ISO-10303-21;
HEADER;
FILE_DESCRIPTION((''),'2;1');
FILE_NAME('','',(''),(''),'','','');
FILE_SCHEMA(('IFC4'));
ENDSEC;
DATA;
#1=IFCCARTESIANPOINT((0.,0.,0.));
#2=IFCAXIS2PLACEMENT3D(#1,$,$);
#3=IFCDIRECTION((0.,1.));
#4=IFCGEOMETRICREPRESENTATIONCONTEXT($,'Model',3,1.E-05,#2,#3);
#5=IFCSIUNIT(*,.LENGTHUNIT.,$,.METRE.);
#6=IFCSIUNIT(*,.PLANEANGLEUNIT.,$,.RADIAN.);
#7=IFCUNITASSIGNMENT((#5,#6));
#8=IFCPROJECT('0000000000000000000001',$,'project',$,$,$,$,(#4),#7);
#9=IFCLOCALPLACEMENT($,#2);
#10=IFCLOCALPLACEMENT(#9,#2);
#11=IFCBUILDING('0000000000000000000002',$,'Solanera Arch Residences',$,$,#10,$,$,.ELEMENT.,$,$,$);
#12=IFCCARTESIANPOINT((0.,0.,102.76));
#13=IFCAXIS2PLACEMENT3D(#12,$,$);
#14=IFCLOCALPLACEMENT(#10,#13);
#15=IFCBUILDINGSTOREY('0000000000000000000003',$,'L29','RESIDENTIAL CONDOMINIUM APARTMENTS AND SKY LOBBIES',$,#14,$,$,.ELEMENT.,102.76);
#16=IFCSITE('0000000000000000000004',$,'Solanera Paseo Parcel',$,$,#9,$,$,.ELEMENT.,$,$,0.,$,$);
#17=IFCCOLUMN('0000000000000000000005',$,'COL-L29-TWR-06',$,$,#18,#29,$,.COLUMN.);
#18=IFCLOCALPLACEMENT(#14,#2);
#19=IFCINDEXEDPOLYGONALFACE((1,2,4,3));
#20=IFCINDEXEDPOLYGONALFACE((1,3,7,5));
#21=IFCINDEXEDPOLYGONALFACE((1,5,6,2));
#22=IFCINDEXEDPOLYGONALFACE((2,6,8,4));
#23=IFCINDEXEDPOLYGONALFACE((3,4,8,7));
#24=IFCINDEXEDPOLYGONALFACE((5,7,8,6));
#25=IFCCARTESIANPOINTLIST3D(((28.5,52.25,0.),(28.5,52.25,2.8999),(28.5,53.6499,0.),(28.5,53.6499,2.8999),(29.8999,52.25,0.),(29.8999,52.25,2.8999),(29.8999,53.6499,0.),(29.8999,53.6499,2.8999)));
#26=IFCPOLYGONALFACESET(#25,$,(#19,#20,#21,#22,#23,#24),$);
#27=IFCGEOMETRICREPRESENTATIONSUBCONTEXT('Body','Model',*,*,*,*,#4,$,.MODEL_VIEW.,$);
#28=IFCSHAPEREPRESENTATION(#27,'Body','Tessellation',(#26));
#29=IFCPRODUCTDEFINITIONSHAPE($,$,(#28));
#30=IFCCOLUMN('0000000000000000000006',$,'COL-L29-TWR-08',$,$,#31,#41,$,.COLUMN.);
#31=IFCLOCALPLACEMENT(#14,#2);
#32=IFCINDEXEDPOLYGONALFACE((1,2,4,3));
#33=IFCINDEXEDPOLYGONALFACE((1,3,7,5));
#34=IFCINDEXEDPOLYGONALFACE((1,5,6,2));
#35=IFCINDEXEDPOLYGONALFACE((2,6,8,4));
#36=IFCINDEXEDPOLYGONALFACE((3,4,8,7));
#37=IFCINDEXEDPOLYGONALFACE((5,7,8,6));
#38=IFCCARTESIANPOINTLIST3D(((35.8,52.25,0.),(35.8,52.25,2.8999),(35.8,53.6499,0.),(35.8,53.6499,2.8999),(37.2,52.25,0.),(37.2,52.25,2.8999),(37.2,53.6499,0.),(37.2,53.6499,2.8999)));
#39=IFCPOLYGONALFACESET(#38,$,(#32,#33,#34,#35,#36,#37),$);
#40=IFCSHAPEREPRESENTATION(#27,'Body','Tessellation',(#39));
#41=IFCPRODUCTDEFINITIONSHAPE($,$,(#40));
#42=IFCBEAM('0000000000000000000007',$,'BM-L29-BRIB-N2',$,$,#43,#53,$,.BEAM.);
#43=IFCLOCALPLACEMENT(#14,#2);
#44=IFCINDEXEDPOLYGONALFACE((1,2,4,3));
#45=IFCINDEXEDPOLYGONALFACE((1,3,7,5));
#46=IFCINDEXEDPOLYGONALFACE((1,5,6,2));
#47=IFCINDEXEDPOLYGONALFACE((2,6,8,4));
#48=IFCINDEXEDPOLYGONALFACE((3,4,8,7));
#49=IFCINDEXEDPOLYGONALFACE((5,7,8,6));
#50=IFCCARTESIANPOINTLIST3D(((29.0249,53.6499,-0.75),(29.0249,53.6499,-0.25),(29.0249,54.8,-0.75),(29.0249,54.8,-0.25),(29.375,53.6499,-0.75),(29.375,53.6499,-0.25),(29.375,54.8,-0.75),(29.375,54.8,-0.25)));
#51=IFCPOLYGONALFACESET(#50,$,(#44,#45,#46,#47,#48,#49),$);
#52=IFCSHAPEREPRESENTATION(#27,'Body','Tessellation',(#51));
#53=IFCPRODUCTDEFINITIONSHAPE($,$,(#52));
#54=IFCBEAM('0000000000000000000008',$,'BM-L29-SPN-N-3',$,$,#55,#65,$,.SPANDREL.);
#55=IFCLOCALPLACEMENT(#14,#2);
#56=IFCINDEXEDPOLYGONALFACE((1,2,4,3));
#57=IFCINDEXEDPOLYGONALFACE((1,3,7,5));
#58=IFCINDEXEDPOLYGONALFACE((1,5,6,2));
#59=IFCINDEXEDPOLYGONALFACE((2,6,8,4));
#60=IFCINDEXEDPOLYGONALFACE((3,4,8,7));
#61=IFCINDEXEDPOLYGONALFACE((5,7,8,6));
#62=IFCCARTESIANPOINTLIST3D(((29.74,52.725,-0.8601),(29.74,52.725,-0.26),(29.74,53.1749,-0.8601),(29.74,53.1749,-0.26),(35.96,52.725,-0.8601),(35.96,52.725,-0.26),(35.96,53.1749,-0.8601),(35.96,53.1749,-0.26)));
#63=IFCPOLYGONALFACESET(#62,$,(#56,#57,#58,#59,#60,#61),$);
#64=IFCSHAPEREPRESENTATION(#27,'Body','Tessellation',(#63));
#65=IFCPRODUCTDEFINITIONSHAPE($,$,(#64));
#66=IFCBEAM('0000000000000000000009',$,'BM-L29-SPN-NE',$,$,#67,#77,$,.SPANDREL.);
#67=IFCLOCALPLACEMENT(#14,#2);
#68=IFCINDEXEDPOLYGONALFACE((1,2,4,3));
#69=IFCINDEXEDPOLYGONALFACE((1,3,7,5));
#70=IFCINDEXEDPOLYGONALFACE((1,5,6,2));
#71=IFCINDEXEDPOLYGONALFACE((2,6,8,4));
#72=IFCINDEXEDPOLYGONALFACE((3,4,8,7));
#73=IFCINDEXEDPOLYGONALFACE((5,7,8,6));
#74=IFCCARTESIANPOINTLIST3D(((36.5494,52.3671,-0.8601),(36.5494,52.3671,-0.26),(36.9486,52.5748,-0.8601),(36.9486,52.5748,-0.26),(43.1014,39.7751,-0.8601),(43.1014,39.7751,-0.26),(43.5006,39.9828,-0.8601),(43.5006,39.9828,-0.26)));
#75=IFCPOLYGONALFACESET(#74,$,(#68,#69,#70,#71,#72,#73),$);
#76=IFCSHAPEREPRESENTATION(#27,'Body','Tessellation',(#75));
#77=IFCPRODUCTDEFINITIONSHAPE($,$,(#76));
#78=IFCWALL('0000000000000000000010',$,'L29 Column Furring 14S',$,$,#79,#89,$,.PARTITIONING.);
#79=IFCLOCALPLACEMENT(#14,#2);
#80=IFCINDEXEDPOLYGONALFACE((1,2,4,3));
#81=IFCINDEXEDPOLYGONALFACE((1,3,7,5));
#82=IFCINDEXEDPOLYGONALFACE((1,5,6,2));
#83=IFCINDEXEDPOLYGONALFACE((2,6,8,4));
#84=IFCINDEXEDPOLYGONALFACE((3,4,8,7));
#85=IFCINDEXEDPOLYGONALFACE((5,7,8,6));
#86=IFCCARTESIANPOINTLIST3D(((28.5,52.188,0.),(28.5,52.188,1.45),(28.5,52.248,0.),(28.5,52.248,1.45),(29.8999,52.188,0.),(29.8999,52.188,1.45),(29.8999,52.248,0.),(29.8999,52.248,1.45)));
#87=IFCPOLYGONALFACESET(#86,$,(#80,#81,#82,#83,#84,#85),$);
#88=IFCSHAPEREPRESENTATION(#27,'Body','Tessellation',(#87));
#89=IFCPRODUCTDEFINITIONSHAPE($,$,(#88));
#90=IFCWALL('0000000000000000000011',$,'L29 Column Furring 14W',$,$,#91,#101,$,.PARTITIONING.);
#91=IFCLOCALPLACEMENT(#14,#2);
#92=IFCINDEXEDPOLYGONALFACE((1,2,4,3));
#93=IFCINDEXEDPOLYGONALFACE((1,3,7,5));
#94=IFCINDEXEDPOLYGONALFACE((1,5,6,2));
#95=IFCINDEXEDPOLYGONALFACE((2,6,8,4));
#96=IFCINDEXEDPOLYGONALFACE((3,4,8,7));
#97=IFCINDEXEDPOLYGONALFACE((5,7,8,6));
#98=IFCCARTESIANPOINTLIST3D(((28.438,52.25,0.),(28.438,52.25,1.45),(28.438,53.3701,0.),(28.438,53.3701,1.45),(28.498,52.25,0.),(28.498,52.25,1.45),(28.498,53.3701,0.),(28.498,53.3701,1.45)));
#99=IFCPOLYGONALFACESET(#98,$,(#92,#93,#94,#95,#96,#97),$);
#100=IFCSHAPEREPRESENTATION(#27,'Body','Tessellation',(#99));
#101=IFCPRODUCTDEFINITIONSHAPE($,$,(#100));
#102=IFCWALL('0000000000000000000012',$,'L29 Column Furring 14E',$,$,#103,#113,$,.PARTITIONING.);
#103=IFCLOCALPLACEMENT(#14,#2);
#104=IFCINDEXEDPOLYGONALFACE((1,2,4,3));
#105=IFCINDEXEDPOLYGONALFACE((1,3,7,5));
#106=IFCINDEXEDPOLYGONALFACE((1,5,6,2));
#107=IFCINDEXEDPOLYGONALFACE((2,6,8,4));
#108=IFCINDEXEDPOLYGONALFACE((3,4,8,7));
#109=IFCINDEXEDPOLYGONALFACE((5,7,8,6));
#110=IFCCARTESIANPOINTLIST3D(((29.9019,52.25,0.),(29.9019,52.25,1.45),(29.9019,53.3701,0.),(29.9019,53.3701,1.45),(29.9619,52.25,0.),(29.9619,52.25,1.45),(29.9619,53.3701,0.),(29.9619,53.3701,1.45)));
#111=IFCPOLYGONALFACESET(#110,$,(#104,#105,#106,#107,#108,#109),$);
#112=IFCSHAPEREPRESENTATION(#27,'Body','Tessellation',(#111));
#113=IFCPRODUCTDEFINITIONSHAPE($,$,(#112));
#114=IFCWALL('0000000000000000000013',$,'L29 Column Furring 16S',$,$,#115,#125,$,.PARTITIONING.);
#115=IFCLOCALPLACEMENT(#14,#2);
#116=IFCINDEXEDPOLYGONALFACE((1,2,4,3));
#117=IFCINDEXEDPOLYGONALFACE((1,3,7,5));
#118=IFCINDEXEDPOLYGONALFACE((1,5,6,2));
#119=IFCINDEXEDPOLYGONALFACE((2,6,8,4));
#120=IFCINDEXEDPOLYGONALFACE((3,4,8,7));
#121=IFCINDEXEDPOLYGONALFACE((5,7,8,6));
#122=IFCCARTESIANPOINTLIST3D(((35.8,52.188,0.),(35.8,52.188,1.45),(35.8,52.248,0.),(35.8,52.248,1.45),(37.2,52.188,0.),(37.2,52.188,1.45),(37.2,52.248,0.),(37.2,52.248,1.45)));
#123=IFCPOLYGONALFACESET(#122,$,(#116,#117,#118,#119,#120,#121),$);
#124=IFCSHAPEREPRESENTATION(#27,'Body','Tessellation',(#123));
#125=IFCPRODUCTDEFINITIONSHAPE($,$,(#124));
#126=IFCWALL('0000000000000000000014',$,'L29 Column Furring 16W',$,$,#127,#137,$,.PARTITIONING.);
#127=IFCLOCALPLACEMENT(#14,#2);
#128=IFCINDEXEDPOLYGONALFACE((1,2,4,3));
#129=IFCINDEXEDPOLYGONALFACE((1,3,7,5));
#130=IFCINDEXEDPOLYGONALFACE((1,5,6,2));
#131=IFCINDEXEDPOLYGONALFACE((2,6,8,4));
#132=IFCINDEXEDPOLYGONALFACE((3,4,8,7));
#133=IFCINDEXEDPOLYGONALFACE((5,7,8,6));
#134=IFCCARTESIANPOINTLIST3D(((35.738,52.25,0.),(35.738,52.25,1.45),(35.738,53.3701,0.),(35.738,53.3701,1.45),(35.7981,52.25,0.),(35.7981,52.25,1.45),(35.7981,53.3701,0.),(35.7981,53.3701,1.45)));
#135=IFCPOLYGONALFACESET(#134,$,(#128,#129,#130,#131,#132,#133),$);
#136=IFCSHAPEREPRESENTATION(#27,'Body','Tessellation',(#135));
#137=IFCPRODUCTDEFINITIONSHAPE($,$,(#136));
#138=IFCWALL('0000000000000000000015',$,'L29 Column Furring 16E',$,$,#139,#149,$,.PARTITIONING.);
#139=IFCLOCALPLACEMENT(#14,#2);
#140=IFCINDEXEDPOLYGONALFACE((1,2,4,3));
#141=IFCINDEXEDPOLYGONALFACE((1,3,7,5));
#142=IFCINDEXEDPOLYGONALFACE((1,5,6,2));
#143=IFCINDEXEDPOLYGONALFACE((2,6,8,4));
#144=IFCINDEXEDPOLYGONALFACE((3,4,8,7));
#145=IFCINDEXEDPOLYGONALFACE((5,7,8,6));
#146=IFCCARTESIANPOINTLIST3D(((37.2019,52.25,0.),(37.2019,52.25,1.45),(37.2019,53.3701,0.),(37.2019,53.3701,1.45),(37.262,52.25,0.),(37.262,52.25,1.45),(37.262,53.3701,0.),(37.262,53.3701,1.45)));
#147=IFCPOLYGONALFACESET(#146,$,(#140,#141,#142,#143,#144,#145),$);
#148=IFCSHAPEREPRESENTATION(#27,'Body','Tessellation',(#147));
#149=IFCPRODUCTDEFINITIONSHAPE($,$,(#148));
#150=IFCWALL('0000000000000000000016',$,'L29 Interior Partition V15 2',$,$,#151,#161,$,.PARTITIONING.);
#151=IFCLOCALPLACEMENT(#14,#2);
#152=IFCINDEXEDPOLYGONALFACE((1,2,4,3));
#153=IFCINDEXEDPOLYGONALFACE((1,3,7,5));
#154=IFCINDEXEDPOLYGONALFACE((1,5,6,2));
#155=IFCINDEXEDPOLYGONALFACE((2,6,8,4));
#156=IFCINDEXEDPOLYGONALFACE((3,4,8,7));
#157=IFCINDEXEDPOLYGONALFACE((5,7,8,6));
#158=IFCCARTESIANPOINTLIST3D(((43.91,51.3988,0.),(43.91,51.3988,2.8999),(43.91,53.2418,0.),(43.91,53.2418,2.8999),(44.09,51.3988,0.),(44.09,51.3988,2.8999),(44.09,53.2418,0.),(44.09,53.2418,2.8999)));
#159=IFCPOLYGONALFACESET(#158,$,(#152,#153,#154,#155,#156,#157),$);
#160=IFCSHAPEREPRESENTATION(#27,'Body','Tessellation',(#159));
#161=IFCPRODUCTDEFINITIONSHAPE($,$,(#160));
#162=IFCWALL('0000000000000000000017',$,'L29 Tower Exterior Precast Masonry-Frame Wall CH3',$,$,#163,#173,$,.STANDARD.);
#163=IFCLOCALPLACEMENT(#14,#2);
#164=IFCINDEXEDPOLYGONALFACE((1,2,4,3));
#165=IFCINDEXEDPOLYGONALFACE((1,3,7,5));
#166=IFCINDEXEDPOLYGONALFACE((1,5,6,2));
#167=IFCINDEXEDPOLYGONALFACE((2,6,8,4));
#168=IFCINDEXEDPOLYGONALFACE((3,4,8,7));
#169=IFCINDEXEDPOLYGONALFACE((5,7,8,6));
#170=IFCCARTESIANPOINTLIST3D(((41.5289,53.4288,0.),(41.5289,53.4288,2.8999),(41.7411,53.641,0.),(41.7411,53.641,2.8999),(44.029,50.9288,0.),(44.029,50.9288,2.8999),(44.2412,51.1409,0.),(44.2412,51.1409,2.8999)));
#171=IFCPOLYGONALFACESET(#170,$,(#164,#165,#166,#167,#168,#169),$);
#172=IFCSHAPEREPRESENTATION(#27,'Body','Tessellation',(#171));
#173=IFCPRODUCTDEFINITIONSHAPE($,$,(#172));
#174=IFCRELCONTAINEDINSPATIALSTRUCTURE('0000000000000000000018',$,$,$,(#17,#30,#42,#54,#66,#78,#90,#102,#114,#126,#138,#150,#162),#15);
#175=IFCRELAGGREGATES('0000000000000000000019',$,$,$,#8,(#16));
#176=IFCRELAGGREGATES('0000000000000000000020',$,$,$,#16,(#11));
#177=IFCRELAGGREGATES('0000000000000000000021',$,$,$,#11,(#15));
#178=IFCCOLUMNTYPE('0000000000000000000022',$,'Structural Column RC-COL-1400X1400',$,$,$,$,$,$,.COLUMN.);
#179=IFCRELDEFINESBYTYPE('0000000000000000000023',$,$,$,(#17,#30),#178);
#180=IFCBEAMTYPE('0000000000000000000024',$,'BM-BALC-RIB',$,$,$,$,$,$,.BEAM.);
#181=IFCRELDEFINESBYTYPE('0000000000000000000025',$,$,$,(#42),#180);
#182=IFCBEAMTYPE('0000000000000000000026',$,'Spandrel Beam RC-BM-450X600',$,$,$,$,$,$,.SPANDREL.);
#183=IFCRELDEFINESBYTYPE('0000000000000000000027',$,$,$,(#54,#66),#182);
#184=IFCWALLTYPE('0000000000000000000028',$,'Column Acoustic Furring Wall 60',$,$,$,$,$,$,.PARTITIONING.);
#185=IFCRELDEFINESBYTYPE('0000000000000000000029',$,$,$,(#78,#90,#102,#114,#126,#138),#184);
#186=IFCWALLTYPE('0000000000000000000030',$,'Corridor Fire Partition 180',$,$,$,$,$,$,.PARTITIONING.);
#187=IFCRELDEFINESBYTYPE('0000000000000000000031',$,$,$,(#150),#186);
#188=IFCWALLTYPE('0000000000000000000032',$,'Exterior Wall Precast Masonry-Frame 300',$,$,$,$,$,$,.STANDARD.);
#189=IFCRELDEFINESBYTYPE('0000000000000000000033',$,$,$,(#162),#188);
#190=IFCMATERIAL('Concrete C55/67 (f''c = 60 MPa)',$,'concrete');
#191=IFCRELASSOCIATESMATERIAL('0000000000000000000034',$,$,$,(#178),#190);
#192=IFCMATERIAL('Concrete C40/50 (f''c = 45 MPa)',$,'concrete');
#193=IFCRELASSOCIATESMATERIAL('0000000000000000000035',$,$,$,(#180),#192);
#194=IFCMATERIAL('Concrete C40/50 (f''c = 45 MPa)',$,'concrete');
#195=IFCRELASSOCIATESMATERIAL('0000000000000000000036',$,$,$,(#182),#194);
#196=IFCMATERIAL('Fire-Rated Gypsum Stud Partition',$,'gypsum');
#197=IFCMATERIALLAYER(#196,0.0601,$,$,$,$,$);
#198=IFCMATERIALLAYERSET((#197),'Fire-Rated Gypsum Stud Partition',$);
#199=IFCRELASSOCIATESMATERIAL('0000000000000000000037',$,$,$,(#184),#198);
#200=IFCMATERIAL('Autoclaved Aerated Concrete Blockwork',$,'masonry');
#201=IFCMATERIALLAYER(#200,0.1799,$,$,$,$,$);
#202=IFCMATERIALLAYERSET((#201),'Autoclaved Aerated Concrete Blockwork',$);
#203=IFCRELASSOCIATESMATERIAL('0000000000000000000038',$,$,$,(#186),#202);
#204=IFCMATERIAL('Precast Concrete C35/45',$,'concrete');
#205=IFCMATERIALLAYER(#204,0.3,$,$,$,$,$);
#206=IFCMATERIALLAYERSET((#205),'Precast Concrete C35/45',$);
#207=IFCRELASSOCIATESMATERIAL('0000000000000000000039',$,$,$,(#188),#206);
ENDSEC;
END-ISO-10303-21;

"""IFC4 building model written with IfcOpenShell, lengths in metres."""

from ifc_helpers import new_model, si_unit, direction, frame, frame_2d, origin, origin_2d, place, context, subcontext, project, spatial, rectangle, extrude, material, layer, layer_set, material_profile, profile_set, type_object, element, save


model = new_model("IFC4")

# Units and contexts
model_context = context("Model", 3, precision=1e-05, world=origin(), true_north=direction((0.0, 1.0)))
body_context = subcontext(model_context, "Body", "Model", "MODEL_VIEW")
ifc_project = project(units=[si_unit("LENGTHUNIT", "METRE"), si_unit("PLANEANGLEUNIT", "RADIAN")], contexts=[model_context])

# Site, building, storey
site_placement = place(None, origin())
site = spatial("IfcSite", under=ifc_project, at=site_placement, Name="Solanera Paseo Parcel", CompositionType="ELEMENT", RefElevation=0.0)
building_placement = place(site_placement, origin())
building = spatial("IfcBuilding", under=site, at=building_placement, Name="Solanera Arch Residences", CompositionType="ELEMENT")
storey_placement = place(building_placement, frame((0.0, 0.0, 102.76)))
storey = spatial("IfcBuildingStorey", under=building, at=storey_placement, Name="L29", Description="RESIDENTIAL CONDOMINIUM APARTMENTS AND SKY LOBBIES", CompositionType="ELEMENT", Elevation=102.76)

# Columns
ifc_material_1 = material(Name="Concrete C55/67 (f'c = 60 MPa)", Category="concrete")
ifc_material_profile_1 = material_profile(ifc_material_1, rectangle(XDim=1.3999, YDim=1.3999, at=origin_2d()))
ifc_profile_set_1 = profile_set([ifc_material_profile_1], Name="Concrete C55/67 (f'c = 60 MPa)")
column_type = type_object("IfcColumnType", Name="Structural Column RC-COL-1400X1400", PredefinedType="COLUMN", material=ifc_profile_set_1)
for number, where, z_axis, x_axis, name in (
    (1, (29.2, 52.95, 0.0), (0.0, 0.0, 1.0), (1.0, 0.0, 0.0), "COL-L29-TWR-06"),
    (2, (36.5, 52.95, 0.0), (0.0, 0.0, 1.0), (1.0, 0.0, 0.0), "COL-L29-TWR-08"),
):
    element("IfcColumn", number, at=place(storey_placement, frame(where, z_axis=z_axis, x_axis=x_axis)), inside=storey, type_object=column_type, Name=name, PredefinedType="COLUMN", context=body_context, shape_type="SweptSolid", body=[
        extrude(rectangle(XDim=1.3999, YDim=1.3999, at=origin_2d()), origin(), (0.0, 0.0, 1.0), 2.8999),
    ])

# Beams
ifc_material_2 = material(Name="Concrete C40/50 (f'c = 45 MPa)", Category="concrete")
ifc_material_profile_2 = material_profile(ifc_material_2, rectangle(XDim=0.3501, YDim=0.5, at=origin_2d()))
ifc_profile_set_2 = profile_set([ifc_material_profile_2], Name="Concrete C40/50 (f'c = 45 MPa)")
beam_type_1 = type_object("IfcBeamType", Name="BM-BALC-RIB", PredefinedType="BEAM", material=ifc_profile_set_2)
beam_1_placement = place(storey_placement, frame((29.2, 53.6499, -0.5), z_axis=(0.0, 1.0, 0.0), x_axis=(-1.0, 0.0, 0.0)))
element("IfcBeam", 3, at=beam_1_placement, inside=storey, type_object=beam_type_1, Name="BM-L29-BRIB-N2", PredefinedType="BEAM", context=body_context, shape_type="SweptSolid", body=[
    extrude(rectangle(XDim=0.3501, YDim=0.5, at=origin_2d()), origin(), (0.0, 0.0, 1.0), 1.1501),
])
ifc_material_3 = material(Name="Concrete C40/50 (f'c = 45 MPa)", Category="concrete")
ifc_material_profile_3 = material_profile(ifc_material_3, rectangle(XDim=0.45, YDim=0.6001, at=origin_2d()))
ifc_profile_set_3 = profile_set([ifc_material_profile_3], Name="Concrete C40/50 (f'c = 45 MPa)")
beam_type_2 = type_object("IfcBeamType", Name="Spandrel Beam RC-BM-450X600", PredefinedType="SPANDREL", material=ifc_profile_set_3)
beam_2_placement = place(storey_placement, frame((29.74, 52.95, -0.5601), z_axis=(1.0, 0.0, 0.0), x_axis=(0.0, 1.0, 0.0)))
element("IfcBeam", 4, at=beam_2_placement, inside=storey, type_object=beam_type_2, Name="BM-L29-SPN-N-3", PredefinedType="SPANDREL", context=body_context, shape_type="SweptSolid", body=[
    extrude(rectangle(XDim=0.45, YDim=0.6001, at=origin_2d()), origin(), (0.0, 0.0, 1.0), 6.22),
])
beam_3_placement = place(storey_placement, frame((36.749, 52.4709, -0.5601), z_axis=(0.461582, -0.887097, 0.0), x_axis=(0.887097, 0.461582, 0.0)))
element("IfcBeam", 5, at=beam_3_placement, inside=storey, type_object=beam_type_2, Name="BM-L29-SPN-NE", PredefinedType="SPANDREL", context=body_context, shape_type="SweptSolid", body=[
    extrude(rectangle(XDim=0.45, YDim=0.6001, at=origin_2d()), origin(), (0.0, 0.0, 1.0), 14.1946),
])

# Walls
ifc_material_4 = material(Name="Fire-Rated Gypsum Stud Partition", Category="gypsum")
ifc_layer_1 = layer(ifc_material_4, 0.0601)
ifc_layer_set_1 = layer_set([ifc_layer_1], Name="Fire-Rated Gypsum Stud Partition")
wall_type_1 = type_object("IfcWallType", Name="Column Acoustic Furring Wall 60", PredefinedType="PARTITIONING", material=ifc_layer_set_1)
wall_1_placement = place(storey_placement, frame((28.5, 52.218, 0.0), z_axis=(0.0, 0.0, 1.0), x_axis=(1.0, 0.0, 0.0)))
element("IfcWall", 6, at=wall_1_placement, inside=storey, type_object=wall_type_1, Name="L29 Column Furring 14S", PredefinedType="PARTITIONING", context=body_context, shape_type="SweptSolid", body=[
    extrude(rectangle(XDim=1.3999, YDim=0.0601, at=frame_2d((0.7, 0.0))), origin(), (0.0, 0.0, 1.0), 1.45),
])
for number, where, z_axis, x_axis, name in (
    (7, (28.468, 52.25, 0.0), (0.0, 0.0, 1.0), (0.0, 1.0, 0.0), "L29 Column Furring 14W"),
    (8, (29.9319, 52.25, 0.0), (0.0, 0.0, 1.0), (0.0, 1.0, 0.0), "L29 Column Furring 14E"),
):
    element("IfcWall", number, at=place(storey_placement, frame(where, z_axis=z_axis, x_axis=x_axis)), inside=storey, type_object=wall_type_1, Name=name, PredefinedType="PARTITIONING", context=body_context, shape_type="SweptSolid", body=[
        extrude(rectangle(XDim=1.1201, YDim=0.0601, at=frame_2d((0.5601, 0.0))), origin(), (0.0, 0.0, 1.0), 1.45),
    ])
wall_2_placement = place(storey_placement, frame((35.8, 52.218, 0.0), z_axis=(0.0, 0.0, 1.0), x_axis=(1.0, 0.0, 0.0)))
element("IfcWall", 9, at=wall_2_placement, inside=storey, type_object=wall_type_1, Name="L29 Column Furring 16S", PredefinedType="PARTITIONING", context=body_context, shape_type="SweptSolid", body=[
    extrude(rectangle(XDim=1.3999, YDim=0.0601, at=frame_2d((0.7, 0.0))), origin(), (0.0, 0.0, 1.0), 1.45),
])
for number, where, z_axis, x_axis, name in (
    (10, (35.7681, 52.25, 0.0), (0.0, 0.0, 1.0), (0.0, 1.0, 0.0), "L29 Column Furring 16W"),
    (11, (37.2319, 52.25, 0.0), (0.0, 0.0, 1.0), (0.0, 1.0, 0.0), "L29 Column Furring 16E"),
):
    element("IfcWall", number, at=place(storey_placement, frame(where, z_axis=z_axis, x_axis=x_axis)), inside=storey, type_object=wall_type_1, Name=name, PredefinedType="PARTITIONING", context=body_context, shape_type="SweptSolid", body=[
        extrude(rectangle(XDim=1.1201, YDim=0.0601, at=frame_2d((0.5601, 0.0))), origin(), (0.0, 0.0, 1.0), 1.45),
    ])
ifc_material_5 = material(Name="Autoclaved Aerated Concrete Blockwork", Category="masonry")
ifc_layer_2 = layer(ifc_material_5, 0.1799)
ifc_layer_set_2 = layer_set([ifc_layer_2], Name="Autoclaved Aerated Concrete Blockwork")
wall_type_2 = type_object("IfcWallType", Name="Corridor Fire Partition 180", PredefinedType="PARTITIONING", material=ifc_layer_set_2)
wall_3_placement = place(storey_placement, frame((44.0, 51.3989, 0.0), z_axis=(0.0, 0.0, 1.0), x_axis=(0.0, 1.0, 0.0)))
element("IfcWall", 12, at=wall_3_placement, inside=storey, type_object=wall_type_2, Name="L29 Interior Partition V15 2", PredefinedType="PARTITIONING", context=body_context, shape_type="SweptSolid", body=[
    extrude(rectangle(XDim=1.843, YDim=0.1799, at=frame_2d((0.9214, 0.0))), origin(), (0.0, 0.0, 1.0), 2.8999),
])
ifc_material_6 = material(Name="Precast Concrete C35/45", Category="concrete")
ifc_layer_3 = layer(ifc_material_6, 0.3)
ifc_layer_set_3 = layer_set([ifc_layer_3], Name="Precast Concrete C35/45")
wall_type_3 = type_object("IfcWallType", Name="Exterior Wall Precast Masonry-Frame 300", PredefinedType="STANDARD", material=ifc_layer_set_3)
wall_4_placement = place(storey_placement, frame((41.635, 53.5349, 0.0), z_axis=(0.0, 0.0, 1.0), x_axis=(0.707107, -0.707107, 0.0)))
element("IfcWall", 13, at=wall_4_placement, inside=storey, type_object=wall_type_3, Name="L29 Tower Exterior Precast Masonry-Frame Wall CH3", PredefinedType="STANDARD", context=body_context, shape_type="SweptSolid", body=[
    extrude(rectangle(XDim=3.5356, YDim=0.3, at=frame_2d((1.7678, 0.0))), origin(), (0.0, 0.0, 1.0), 2.8999),
])

save(model, "model.ifc")
